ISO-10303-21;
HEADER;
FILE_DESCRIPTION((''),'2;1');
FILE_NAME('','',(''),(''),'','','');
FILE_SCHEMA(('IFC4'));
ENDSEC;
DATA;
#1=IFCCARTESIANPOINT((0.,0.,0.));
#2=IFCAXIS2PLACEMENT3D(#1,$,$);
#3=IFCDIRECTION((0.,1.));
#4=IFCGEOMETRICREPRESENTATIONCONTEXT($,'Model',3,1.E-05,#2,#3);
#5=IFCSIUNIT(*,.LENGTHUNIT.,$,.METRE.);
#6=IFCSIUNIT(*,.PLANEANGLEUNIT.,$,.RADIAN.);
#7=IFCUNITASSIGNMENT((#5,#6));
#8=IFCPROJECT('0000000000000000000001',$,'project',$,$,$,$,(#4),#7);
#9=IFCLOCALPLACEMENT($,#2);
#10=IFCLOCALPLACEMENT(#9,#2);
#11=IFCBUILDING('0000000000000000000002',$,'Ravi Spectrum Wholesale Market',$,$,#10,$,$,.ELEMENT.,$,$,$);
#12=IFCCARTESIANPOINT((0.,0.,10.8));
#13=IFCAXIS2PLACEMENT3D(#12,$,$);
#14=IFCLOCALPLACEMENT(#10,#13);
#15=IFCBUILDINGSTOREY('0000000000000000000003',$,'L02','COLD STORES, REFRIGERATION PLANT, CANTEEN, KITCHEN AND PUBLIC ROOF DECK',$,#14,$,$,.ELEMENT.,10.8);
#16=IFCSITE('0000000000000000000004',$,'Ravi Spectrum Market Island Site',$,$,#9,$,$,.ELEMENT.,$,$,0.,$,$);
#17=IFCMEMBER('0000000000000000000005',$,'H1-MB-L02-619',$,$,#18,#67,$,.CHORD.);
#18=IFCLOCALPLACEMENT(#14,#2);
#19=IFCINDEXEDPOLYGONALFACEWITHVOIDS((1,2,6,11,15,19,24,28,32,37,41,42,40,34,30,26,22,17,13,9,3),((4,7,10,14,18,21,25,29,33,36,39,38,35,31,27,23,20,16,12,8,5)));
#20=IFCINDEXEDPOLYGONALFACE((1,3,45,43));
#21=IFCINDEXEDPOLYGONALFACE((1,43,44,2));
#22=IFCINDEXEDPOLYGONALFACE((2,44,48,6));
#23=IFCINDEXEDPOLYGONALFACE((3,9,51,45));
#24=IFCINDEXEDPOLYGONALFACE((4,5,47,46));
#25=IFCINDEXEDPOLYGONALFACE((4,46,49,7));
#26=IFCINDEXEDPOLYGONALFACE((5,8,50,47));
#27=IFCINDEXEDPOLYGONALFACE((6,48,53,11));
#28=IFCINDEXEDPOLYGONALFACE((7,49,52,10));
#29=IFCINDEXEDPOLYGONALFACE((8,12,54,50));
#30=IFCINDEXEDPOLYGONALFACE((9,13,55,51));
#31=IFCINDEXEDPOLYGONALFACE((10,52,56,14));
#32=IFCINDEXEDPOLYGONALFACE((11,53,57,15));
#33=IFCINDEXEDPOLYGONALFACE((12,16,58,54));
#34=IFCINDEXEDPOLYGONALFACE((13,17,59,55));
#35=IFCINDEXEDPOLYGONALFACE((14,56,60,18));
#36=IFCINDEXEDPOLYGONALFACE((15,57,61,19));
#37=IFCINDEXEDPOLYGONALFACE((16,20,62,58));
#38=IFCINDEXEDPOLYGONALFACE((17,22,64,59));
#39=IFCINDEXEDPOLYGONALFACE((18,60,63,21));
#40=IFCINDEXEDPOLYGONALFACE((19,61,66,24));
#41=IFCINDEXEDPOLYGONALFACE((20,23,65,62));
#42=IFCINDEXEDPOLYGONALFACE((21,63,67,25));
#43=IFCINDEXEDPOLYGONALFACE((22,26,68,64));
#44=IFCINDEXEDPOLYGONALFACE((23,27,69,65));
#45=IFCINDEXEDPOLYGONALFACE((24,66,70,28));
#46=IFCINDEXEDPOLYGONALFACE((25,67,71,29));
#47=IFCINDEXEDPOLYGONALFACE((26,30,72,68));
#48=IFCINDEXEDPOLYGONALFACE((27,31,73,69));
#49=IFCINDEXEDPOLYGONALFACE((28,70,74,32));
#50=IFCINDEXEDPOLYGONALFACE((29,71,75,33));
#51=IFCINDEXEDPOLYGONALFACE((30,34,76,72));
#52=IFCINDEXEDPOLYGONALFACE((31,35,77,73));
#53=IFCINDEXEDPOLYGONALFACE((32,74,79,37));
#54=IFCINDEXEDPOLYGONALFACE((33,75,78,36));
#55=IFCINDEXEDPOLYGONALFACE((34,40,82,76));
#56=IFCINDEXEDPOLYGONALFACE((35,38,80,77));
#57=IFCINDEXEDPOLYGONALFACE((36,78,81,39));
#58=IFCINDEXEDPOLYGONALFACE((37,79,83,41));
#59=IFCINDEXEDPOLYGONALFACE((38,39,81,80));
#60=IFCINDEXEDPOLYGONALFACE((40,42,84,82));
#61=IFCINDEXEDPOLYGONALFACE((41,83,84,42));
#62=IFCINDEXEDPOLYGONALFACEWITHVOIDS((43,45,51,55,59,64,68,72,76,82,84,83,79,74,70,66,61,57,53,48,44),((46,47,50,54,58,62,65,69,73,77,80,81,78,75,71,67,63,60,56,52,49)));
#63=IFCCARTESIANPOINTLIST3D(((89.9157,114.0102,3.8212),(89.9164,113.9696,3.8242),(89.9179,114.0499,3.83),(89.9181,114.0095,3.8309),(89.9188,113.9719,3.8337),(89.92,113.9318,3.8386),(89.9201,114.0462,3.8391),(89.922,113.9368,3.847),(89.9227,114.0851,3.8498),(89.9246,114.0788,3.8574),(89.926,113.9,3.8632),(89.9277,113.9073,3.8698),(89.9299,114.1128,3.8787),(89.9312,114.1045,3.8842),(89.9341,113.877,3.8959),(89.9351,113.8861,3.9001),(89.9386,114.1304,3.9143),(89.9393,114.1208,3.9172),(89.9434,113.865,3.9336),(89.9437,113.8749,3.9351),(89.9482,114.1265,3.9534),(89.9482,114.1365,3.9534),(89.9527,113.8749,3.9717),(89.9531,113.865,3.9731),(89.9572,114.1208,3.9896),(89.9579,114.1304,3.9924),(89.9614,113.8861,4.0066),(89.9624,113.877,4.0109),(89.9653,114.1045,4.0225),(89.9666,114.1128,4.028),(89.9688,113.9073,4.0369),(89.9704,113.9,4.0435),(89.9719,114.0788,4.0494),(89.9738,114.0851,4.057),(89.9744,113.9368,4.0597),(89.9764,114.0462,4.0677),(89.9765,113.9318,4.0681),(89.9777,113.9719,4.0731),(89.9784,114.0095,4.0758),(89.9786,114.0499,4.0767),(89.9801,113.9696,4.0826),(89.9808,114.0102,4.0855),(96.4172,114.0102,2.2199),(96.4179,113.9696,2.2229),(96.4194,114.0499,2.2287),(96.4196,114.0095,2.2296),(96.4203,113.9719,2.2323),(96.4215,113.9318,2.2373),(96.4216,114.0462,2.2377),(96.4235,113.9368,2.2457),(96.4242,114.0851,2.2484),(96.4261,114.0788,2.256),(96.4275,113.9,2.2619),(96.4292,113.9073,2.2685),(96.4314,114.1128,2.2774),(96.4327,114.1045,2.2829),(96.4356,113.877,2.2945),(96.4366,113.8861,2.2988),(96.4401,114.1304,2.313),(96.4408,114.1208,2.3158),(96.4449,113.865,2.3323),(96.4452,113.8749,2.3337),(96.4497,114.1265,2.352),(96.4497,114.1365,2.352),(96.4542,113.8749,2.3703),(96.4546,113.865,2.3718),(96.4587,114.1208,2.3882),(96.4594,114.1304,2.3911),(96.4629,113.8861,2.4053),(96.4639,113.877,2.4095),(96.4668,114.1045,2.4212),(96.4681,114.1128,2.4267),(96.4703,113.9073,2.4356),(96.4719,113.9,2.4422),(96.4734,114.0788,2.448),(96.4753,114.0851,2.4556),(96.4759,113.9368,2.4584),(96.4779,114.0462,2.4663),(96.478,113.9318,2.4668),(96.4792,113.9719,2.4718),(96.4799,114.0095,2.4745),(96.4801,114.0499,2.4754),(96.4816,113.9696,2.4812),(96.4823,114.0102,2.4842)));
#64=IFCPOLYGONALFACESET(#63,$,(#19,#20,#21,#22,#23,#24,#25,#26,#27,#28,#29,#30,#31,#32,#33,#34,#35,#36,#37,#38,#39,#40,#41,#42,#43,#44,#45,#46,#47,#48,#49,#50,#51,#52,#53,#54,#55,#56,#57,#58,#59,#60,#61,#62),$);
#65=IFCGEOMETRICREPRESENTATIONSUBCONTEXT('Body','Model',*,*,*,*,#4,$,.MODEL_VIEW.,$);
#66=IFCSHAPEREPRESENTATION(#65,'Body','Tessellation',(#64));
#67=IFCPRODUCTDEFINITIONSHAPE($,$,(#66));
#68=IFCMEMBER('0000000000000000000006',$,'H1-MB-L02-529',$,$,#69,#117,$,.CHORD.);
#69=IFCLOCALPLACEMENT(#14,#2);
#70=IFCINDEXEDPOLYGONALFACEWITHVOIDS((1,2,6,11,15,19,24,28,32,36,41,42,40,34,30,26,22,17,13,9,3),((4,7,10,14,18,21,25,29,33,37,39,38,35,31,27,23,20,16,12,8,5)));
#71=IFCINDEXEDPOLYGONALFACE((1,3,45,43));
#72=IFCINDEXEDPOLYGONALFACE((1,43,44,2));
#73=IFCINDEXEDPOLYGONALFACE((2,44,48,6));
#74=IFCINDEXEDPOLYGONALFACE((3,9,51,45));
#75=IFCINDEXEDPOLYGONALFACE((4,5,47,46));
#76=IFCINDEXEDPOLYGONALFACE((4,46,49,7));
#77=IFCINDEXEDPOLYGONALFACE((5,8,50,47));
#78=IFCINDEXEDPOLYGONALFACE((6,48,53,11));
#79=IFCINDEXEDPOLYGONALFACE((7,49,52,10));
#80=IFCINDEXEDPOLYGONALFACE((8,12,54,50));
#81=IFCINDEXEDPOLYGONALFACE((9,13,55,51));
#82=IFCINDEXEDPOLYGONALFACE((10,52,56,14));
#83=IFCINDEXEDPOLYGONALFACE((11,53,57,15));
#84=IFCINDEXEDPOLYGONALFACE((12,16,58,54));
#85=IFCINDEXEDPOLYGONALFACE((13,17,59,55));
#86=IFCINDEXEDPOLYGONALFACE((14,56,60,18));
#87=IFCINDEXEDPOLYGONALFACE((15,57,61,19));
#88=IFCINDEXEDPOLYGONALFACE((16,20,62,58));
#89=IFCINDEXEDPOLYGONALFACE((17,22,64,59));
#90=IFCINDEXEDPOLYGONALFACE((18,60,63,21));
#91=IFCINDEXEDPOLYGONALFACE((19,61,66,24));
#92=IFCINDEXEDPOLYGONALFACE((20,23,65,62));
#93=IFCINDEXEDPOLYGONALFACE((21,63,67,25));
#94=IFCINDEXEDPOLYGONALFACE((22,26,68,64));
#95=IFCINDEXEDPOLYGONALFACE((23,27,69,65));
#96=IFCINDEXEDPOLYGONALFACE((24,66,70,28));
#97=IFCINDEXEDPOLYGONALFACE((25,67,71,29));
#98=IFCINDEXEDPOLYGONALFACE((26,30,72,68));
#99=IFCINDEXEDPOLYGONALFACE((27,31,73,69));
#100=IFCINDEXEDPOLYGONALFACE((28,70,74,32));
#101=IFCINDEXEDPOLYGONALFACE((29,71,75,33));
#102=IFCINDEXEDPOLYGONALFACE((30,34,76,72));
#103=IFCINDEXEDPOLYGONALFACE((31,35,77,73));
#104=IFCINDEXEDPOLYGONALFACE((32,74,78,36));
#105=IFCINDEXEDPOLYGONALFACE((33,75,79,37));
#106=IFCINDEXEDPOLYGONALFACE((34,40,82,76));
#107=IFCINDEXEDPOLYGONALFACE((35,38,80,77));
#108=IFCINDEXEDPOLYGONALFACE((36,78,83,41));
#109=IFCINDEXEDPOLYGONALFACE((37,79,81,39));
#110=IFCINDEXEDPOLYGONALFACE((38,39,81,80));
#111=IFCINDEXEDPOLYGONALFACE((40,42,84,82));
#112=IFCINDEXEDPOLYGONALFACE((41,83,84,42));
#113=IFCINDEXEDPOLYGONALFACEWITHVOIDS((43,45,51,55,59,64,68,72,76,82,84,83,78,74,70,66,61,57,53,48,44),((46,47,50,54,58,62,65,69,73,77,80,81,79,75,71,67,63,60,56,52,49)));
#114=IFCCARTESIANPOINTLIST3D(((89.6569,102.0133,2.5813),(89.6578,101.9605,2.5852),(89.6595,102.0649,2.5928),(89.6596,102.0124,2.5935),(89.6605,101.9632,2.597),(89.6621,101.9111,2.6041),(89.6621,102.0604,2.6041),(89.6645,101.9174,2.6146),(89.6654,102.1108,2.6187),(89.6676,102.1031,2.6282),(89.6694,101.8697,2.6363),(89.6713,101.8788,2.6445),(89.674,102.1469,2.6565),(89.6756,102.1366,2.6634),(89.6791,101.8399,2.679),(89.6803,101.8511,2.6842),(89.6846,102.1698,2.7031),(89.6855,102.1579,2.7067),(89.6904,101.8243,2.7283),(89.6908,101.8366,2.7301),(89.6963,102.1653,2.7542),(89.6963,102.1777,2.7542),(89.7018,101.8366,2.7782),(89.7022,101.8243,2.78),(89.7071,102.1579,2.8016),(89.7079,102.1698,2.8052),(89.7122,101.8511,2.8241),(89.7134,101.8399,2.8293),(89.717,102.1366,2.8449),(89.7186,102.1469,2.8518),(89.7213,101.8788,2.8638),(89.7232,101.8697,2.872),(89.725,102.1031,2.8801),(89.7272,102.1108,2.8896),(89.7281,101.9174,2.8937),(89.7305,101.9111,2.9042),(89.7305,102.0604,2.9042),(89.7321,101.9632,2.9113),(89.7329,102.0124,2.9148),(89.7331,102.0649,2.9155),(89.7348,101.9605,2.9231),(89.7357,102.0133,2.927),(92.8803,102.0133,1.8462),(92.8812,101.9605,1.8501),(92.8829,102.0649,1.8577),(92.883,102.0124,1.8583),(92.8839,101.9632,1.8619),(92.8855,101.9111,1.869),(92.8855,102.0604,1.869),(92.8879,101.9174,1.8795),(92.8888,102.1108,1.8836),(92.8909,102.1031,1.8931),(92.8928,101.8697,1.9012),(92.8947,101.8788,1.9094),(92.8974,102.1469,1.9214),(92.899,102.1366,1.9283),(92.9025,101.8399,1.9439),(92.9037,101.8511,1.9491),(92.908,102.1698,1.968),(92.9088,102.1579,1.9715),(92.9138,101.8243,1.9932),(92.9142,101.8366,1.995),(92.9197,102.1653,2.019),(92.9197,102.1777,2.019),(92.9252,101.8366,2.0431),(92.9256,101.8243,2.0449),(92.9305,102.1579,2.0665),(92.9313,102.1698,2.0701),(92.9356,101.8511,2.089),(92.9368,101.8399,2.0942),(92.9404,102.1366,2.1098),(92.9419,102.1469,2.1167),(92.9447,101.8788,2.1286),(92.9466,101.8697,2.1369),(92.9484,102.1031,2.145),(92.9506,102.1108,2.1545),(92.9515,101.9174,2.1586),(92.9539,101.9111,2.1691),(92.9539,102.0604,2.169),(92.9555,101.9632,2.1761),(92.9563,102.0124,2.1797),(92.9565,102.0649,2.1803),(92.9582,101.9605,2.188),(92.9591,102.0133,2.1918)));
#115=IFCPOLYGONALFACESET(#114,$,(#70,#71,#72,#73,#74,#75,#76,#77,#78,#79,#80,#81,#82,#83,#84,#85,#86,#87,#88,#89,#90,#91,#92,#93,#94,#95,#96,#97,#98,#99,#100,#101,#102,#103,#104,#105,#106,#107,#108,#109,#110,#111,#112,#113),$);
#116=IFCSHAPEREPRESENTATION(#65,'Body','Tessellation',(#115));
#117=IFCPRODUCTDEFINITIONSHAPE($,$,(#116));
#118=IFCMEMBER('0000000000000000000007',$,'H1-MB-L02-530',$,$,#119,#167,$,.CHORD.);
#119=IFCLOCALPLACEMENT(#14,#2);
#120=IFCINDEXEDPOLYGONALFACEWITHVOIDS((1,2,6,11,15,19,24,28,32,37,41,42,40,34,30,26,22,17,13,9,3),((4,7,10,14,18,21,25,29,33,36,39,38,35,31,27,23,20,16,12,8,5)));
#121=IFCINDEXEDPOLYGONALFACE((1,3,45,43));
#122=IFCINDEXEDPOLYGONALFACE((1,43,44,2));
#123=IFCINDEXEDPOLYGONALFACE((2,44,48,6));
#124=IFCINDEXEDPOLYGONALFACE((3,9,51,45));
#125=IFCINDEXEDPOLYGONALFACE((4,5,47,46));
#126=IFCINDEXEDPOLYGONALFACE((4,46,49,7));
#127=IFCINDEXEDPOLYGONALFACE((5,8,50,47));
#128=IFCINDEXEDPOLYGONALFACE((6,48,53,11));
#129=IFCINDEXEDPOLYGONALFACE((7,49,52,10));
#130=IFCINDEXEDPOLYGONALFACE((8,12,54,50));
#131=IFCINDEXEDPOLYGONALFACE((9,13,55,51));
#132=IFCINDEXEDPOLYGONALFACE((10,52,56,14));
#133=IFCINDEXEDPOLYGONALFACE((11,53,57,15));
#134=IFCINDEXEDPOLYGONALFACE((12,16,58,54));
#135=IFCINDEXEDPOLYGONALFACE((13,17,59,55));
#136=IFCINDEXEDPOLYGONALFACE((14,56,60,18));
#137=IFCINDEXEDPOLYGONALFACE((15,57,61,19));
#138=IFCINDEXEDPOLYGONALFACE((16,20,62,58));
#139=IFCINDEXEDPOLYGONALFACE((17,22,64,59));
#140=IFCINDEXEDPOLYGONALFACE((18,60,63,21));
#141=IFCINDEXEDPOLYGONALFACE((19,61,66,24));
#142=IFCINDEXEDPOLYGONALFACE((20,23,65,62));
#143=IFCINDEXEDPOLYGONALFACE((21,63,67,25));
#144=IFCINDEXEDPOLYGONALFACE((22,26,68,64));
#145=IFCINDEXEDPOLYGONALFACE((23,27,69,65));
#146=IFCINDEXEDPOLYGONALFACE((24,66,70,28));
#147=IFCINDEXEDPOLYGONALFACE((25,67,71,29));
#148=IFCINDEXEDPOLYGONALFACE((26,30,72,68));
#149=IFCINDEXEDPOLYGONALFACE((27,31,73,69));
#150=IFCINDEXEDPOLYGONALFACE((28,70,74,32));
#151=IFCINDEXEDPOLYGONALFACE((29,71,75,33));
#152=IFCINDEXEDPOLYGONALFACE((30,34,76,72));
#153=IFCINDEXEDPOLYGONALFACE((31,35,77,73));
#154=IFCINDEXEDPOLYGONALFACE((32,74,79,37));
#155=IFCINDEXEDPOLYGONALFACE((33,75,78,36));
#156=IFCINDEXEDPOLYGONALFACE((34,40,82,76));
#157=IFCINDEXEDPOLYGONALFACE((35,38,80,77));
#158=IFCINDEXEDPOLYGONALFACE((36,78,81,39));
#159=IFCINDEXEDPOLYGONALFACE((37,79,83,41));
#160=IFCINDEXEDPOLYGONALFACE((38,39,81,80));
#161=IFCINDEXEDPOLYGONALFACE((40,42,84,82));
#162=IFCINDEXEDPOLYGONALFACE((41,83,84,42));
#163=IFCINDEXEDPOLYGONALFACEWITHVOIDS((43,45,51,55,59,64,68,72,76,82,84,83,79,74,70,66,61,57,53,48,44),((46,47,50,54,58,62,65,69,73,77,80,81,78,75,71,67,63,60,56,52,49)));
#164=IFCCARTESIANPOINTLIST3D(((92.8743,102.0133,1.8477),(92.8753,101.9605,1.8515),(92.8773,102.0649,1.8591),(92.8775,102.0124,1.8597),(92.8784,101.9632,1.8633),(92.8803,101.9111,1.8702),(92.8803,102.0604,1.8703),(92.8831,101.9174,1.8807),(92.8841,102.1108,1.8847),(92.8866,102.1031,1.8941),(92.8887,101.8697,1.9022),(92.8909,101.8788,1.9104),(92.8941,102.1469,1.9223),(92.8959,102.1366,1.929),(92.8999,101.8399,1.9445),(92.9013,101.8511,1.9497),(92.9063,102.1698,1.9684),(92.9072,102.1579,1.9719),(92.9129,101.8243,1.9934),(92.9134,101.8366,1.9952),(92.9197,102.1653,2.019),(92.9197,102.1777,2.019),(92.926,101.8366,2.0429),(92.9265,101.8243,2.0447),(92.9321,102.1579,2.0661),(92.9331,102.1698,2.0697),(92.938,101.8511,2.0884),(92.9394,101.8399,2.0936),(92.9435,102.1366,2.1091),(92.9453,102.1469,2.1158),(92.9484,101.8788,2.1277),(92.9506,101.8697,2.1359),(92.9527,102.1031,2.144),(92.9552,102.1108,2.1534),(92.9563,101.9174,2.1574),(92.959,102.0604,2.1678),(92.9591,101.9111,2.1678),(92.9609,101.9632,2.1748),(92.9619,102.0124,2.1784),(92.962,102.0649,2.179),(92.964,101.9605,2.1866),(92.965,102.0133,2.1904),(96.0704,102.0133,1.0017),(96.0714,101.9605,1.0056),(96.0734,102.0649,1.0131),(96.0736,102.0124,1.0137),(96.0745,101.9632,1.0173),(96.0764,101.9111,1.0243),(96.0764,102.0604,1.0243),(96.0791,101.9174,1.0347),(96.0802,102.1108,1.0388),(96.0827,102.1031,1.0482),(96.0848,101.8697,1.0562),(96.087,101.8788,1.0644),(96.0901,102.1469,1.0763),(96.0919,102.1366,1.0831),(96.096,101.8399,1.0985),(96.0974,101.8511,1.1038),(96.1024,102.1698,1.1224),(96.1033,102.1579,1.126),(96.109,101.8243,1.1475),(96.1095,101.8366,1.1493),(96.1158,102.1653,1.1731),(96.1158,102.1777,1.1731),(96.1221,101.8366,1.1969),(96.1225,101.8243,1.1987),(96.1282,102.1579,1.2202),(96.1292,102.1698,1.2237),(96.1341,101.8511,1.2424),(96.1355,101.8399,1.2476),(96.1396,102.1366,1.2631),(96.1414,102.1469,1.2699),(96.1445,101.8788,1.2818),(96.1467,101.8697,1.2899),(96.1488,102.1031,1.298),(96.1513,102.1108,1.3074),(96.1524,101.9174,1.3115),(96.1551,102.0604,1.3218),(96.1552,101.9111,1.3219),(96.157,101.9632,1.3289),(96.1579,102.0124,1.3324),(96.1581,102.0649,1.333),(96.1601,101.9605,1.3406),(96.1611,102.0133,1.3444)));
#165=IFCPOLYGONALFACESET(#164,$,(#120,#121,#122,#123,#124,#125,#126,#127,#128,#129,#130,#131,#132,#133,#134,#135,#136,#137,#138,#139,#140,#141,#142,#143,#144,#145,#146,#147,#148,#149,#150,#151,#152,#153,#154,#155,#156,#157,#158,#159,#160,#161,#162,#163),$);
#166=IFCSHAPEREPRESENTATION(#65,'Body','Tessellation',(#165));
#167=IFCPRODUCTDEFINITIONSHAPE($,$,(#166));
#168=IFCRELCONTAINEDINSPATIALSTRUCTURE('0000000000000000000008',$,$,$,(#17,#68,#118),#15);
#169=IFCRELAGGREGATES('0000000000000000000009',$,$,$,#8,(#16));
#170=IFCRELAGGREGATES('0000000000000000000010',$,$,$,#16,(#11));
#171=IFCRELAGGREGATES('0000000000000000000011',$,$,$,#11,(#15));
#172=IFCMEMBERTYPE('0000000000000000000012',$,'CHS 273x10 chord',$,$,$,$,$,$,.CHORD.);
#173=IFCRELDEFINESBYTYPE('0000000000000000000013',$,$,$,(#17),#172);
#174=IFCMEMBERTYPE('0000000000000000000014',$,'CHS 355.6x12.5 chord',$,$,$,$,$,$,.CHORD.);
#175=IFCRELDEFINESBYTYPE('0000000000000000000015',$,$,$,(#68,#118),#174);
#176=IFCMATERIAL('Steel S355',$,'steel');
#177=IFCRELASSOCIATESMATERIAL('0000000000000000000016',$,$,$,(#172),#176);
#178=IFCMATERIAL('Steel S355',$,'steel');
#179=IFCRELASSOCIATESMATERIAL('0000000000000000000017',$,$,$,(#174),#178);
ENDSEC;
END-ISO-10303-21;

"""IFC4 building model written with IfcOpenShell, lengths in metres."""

from ifc_helpers import new_model, si_unit, direction, frame, origin, origin_2d, place, context, subcontext, project, spatial, hollow_circle, extrude, material, material_profile, profile_set, type_object, element, save


model = new_model("IFC4")

# Units and contexts
model_context = context("Model", 3, precision=1e-05, world=origin(), true_north=direction((0.0, 1.0)))
body_context = subcontext(model_context, "Body", "Model", "MODEL_VIEW")
ifc_project = project(units=[si_unit("LENGTHUNIT", "METRE"), si_unit("PLANEANGLEUNIT", "RADIAN")], contexts=[model_context])

# Site, building, storey
site_placement = place(None, origin())
site = spatial("IfcSite", under=ifc_project, at=site_placement, Name="Ravi Spectrum Market Island Site", CompositionType="ELEMENT", RefElevation=0.0)
building_placement = place(site_placement, origin())
building = spatial("IfcBuilding", under=site, at=building_placement, Name="Ravi Spectrum Wholesale Market", CompositionType="ELEMENT")
storey_placement = place(building_placement, frame((0.0, 0.0, 10.8)))
storey = spatial("IfcBuildingStorey", under=building, at=storey_placement, Name="L02", Description="COLD STORES, REFRIGERATION PLANT, CANTEEN, KITCHEN AND PUBLIC ROOF DECK", CompositionType="ELEMENT", Elevation=10.8)

# Members
ifc_material_1 = material(Name="Steel S355", Category="steel")
ifc_material_profile_1 = material_profile(ifc_material_1, hollow_circle(Radius=0.1365, WallThickness=0.01, at=origin_2d()))
ifc_profile_set_1 = profile_set([ifc_material_profile_1], Name="Steel S355")
member_type_1 = type_object("IfcMemberType", Name="CHS 273x10 chord", PredefinedType="CHORD", material=ifc_profile_set_1)
for number, where, z_axis, x_axis, name in (
    (1, (89.9482, 114.0, 3.9534), (0.970982, 0.0, -0.239154), (0.0, 1.0, 0.0), "H1-MB-L02-619"),
):
    element("IfcMember", number, at=place(storey_placement, frame(where, z_axis=z_axis, x_axis=x_axis)), inside=storey, type_object=member_type_1, Name=name, PredefinedType="CHORD", context=body_context, shape_type="SweptSolid", body=[
        extrude(hollow_circle(Radius=0.1365, WallThickness=0.01, at=origin_2d()), origin(), (0.0, 0.0, 1.0), 6.6958),
    ])
ifc_material_2 = material(Name="Steel S355", Category="steel")
ifc_material_profile_2 = material_profile(ifc_material_2, hollow_circle(Radius=0.1777, WallThickness=0.0125, at=origin_2d()))
ifc_profile_set_2 = profile_set([ifc_material_profile_2], Name="Steel S355")
member_type_2 = type_object("IfcMemberType", Name="CHS 355.6x12.5 chord", PredefinedType="CHORD", material=ifc_profile_set_2)
for number, where, z_axis, x_axis, name in (
    (2, (89.6963, 102.0, 2.7542), (0.974968, 0.0, -0.222346), (0.0, 1.0, 0.0), "H1-MB-L02-529"),
    (3, (92.9197, 102.0, 2.019), (0.96671, 0.0, -0.255874), (0.0, 1.0, 0.0), "H1-MB-L02-530"),
):
    element("IfcMember", number, at=place(storey_placement, frame(where, z_axis=z_axis, x_axis=x_axis)), inside=storey, type_object=member_type_2, Name=name, PredefinedType="CHORD", context=body_context, shape_type="SweptSolid", body=[
        extrude(hollow_circle(Radius=0.1777, WallThickness=0.0125, at=origin_2d()), origin(), (0.0, 0.0, 1.0), 3.3062),
    ])

save(model, "model.ifc")
